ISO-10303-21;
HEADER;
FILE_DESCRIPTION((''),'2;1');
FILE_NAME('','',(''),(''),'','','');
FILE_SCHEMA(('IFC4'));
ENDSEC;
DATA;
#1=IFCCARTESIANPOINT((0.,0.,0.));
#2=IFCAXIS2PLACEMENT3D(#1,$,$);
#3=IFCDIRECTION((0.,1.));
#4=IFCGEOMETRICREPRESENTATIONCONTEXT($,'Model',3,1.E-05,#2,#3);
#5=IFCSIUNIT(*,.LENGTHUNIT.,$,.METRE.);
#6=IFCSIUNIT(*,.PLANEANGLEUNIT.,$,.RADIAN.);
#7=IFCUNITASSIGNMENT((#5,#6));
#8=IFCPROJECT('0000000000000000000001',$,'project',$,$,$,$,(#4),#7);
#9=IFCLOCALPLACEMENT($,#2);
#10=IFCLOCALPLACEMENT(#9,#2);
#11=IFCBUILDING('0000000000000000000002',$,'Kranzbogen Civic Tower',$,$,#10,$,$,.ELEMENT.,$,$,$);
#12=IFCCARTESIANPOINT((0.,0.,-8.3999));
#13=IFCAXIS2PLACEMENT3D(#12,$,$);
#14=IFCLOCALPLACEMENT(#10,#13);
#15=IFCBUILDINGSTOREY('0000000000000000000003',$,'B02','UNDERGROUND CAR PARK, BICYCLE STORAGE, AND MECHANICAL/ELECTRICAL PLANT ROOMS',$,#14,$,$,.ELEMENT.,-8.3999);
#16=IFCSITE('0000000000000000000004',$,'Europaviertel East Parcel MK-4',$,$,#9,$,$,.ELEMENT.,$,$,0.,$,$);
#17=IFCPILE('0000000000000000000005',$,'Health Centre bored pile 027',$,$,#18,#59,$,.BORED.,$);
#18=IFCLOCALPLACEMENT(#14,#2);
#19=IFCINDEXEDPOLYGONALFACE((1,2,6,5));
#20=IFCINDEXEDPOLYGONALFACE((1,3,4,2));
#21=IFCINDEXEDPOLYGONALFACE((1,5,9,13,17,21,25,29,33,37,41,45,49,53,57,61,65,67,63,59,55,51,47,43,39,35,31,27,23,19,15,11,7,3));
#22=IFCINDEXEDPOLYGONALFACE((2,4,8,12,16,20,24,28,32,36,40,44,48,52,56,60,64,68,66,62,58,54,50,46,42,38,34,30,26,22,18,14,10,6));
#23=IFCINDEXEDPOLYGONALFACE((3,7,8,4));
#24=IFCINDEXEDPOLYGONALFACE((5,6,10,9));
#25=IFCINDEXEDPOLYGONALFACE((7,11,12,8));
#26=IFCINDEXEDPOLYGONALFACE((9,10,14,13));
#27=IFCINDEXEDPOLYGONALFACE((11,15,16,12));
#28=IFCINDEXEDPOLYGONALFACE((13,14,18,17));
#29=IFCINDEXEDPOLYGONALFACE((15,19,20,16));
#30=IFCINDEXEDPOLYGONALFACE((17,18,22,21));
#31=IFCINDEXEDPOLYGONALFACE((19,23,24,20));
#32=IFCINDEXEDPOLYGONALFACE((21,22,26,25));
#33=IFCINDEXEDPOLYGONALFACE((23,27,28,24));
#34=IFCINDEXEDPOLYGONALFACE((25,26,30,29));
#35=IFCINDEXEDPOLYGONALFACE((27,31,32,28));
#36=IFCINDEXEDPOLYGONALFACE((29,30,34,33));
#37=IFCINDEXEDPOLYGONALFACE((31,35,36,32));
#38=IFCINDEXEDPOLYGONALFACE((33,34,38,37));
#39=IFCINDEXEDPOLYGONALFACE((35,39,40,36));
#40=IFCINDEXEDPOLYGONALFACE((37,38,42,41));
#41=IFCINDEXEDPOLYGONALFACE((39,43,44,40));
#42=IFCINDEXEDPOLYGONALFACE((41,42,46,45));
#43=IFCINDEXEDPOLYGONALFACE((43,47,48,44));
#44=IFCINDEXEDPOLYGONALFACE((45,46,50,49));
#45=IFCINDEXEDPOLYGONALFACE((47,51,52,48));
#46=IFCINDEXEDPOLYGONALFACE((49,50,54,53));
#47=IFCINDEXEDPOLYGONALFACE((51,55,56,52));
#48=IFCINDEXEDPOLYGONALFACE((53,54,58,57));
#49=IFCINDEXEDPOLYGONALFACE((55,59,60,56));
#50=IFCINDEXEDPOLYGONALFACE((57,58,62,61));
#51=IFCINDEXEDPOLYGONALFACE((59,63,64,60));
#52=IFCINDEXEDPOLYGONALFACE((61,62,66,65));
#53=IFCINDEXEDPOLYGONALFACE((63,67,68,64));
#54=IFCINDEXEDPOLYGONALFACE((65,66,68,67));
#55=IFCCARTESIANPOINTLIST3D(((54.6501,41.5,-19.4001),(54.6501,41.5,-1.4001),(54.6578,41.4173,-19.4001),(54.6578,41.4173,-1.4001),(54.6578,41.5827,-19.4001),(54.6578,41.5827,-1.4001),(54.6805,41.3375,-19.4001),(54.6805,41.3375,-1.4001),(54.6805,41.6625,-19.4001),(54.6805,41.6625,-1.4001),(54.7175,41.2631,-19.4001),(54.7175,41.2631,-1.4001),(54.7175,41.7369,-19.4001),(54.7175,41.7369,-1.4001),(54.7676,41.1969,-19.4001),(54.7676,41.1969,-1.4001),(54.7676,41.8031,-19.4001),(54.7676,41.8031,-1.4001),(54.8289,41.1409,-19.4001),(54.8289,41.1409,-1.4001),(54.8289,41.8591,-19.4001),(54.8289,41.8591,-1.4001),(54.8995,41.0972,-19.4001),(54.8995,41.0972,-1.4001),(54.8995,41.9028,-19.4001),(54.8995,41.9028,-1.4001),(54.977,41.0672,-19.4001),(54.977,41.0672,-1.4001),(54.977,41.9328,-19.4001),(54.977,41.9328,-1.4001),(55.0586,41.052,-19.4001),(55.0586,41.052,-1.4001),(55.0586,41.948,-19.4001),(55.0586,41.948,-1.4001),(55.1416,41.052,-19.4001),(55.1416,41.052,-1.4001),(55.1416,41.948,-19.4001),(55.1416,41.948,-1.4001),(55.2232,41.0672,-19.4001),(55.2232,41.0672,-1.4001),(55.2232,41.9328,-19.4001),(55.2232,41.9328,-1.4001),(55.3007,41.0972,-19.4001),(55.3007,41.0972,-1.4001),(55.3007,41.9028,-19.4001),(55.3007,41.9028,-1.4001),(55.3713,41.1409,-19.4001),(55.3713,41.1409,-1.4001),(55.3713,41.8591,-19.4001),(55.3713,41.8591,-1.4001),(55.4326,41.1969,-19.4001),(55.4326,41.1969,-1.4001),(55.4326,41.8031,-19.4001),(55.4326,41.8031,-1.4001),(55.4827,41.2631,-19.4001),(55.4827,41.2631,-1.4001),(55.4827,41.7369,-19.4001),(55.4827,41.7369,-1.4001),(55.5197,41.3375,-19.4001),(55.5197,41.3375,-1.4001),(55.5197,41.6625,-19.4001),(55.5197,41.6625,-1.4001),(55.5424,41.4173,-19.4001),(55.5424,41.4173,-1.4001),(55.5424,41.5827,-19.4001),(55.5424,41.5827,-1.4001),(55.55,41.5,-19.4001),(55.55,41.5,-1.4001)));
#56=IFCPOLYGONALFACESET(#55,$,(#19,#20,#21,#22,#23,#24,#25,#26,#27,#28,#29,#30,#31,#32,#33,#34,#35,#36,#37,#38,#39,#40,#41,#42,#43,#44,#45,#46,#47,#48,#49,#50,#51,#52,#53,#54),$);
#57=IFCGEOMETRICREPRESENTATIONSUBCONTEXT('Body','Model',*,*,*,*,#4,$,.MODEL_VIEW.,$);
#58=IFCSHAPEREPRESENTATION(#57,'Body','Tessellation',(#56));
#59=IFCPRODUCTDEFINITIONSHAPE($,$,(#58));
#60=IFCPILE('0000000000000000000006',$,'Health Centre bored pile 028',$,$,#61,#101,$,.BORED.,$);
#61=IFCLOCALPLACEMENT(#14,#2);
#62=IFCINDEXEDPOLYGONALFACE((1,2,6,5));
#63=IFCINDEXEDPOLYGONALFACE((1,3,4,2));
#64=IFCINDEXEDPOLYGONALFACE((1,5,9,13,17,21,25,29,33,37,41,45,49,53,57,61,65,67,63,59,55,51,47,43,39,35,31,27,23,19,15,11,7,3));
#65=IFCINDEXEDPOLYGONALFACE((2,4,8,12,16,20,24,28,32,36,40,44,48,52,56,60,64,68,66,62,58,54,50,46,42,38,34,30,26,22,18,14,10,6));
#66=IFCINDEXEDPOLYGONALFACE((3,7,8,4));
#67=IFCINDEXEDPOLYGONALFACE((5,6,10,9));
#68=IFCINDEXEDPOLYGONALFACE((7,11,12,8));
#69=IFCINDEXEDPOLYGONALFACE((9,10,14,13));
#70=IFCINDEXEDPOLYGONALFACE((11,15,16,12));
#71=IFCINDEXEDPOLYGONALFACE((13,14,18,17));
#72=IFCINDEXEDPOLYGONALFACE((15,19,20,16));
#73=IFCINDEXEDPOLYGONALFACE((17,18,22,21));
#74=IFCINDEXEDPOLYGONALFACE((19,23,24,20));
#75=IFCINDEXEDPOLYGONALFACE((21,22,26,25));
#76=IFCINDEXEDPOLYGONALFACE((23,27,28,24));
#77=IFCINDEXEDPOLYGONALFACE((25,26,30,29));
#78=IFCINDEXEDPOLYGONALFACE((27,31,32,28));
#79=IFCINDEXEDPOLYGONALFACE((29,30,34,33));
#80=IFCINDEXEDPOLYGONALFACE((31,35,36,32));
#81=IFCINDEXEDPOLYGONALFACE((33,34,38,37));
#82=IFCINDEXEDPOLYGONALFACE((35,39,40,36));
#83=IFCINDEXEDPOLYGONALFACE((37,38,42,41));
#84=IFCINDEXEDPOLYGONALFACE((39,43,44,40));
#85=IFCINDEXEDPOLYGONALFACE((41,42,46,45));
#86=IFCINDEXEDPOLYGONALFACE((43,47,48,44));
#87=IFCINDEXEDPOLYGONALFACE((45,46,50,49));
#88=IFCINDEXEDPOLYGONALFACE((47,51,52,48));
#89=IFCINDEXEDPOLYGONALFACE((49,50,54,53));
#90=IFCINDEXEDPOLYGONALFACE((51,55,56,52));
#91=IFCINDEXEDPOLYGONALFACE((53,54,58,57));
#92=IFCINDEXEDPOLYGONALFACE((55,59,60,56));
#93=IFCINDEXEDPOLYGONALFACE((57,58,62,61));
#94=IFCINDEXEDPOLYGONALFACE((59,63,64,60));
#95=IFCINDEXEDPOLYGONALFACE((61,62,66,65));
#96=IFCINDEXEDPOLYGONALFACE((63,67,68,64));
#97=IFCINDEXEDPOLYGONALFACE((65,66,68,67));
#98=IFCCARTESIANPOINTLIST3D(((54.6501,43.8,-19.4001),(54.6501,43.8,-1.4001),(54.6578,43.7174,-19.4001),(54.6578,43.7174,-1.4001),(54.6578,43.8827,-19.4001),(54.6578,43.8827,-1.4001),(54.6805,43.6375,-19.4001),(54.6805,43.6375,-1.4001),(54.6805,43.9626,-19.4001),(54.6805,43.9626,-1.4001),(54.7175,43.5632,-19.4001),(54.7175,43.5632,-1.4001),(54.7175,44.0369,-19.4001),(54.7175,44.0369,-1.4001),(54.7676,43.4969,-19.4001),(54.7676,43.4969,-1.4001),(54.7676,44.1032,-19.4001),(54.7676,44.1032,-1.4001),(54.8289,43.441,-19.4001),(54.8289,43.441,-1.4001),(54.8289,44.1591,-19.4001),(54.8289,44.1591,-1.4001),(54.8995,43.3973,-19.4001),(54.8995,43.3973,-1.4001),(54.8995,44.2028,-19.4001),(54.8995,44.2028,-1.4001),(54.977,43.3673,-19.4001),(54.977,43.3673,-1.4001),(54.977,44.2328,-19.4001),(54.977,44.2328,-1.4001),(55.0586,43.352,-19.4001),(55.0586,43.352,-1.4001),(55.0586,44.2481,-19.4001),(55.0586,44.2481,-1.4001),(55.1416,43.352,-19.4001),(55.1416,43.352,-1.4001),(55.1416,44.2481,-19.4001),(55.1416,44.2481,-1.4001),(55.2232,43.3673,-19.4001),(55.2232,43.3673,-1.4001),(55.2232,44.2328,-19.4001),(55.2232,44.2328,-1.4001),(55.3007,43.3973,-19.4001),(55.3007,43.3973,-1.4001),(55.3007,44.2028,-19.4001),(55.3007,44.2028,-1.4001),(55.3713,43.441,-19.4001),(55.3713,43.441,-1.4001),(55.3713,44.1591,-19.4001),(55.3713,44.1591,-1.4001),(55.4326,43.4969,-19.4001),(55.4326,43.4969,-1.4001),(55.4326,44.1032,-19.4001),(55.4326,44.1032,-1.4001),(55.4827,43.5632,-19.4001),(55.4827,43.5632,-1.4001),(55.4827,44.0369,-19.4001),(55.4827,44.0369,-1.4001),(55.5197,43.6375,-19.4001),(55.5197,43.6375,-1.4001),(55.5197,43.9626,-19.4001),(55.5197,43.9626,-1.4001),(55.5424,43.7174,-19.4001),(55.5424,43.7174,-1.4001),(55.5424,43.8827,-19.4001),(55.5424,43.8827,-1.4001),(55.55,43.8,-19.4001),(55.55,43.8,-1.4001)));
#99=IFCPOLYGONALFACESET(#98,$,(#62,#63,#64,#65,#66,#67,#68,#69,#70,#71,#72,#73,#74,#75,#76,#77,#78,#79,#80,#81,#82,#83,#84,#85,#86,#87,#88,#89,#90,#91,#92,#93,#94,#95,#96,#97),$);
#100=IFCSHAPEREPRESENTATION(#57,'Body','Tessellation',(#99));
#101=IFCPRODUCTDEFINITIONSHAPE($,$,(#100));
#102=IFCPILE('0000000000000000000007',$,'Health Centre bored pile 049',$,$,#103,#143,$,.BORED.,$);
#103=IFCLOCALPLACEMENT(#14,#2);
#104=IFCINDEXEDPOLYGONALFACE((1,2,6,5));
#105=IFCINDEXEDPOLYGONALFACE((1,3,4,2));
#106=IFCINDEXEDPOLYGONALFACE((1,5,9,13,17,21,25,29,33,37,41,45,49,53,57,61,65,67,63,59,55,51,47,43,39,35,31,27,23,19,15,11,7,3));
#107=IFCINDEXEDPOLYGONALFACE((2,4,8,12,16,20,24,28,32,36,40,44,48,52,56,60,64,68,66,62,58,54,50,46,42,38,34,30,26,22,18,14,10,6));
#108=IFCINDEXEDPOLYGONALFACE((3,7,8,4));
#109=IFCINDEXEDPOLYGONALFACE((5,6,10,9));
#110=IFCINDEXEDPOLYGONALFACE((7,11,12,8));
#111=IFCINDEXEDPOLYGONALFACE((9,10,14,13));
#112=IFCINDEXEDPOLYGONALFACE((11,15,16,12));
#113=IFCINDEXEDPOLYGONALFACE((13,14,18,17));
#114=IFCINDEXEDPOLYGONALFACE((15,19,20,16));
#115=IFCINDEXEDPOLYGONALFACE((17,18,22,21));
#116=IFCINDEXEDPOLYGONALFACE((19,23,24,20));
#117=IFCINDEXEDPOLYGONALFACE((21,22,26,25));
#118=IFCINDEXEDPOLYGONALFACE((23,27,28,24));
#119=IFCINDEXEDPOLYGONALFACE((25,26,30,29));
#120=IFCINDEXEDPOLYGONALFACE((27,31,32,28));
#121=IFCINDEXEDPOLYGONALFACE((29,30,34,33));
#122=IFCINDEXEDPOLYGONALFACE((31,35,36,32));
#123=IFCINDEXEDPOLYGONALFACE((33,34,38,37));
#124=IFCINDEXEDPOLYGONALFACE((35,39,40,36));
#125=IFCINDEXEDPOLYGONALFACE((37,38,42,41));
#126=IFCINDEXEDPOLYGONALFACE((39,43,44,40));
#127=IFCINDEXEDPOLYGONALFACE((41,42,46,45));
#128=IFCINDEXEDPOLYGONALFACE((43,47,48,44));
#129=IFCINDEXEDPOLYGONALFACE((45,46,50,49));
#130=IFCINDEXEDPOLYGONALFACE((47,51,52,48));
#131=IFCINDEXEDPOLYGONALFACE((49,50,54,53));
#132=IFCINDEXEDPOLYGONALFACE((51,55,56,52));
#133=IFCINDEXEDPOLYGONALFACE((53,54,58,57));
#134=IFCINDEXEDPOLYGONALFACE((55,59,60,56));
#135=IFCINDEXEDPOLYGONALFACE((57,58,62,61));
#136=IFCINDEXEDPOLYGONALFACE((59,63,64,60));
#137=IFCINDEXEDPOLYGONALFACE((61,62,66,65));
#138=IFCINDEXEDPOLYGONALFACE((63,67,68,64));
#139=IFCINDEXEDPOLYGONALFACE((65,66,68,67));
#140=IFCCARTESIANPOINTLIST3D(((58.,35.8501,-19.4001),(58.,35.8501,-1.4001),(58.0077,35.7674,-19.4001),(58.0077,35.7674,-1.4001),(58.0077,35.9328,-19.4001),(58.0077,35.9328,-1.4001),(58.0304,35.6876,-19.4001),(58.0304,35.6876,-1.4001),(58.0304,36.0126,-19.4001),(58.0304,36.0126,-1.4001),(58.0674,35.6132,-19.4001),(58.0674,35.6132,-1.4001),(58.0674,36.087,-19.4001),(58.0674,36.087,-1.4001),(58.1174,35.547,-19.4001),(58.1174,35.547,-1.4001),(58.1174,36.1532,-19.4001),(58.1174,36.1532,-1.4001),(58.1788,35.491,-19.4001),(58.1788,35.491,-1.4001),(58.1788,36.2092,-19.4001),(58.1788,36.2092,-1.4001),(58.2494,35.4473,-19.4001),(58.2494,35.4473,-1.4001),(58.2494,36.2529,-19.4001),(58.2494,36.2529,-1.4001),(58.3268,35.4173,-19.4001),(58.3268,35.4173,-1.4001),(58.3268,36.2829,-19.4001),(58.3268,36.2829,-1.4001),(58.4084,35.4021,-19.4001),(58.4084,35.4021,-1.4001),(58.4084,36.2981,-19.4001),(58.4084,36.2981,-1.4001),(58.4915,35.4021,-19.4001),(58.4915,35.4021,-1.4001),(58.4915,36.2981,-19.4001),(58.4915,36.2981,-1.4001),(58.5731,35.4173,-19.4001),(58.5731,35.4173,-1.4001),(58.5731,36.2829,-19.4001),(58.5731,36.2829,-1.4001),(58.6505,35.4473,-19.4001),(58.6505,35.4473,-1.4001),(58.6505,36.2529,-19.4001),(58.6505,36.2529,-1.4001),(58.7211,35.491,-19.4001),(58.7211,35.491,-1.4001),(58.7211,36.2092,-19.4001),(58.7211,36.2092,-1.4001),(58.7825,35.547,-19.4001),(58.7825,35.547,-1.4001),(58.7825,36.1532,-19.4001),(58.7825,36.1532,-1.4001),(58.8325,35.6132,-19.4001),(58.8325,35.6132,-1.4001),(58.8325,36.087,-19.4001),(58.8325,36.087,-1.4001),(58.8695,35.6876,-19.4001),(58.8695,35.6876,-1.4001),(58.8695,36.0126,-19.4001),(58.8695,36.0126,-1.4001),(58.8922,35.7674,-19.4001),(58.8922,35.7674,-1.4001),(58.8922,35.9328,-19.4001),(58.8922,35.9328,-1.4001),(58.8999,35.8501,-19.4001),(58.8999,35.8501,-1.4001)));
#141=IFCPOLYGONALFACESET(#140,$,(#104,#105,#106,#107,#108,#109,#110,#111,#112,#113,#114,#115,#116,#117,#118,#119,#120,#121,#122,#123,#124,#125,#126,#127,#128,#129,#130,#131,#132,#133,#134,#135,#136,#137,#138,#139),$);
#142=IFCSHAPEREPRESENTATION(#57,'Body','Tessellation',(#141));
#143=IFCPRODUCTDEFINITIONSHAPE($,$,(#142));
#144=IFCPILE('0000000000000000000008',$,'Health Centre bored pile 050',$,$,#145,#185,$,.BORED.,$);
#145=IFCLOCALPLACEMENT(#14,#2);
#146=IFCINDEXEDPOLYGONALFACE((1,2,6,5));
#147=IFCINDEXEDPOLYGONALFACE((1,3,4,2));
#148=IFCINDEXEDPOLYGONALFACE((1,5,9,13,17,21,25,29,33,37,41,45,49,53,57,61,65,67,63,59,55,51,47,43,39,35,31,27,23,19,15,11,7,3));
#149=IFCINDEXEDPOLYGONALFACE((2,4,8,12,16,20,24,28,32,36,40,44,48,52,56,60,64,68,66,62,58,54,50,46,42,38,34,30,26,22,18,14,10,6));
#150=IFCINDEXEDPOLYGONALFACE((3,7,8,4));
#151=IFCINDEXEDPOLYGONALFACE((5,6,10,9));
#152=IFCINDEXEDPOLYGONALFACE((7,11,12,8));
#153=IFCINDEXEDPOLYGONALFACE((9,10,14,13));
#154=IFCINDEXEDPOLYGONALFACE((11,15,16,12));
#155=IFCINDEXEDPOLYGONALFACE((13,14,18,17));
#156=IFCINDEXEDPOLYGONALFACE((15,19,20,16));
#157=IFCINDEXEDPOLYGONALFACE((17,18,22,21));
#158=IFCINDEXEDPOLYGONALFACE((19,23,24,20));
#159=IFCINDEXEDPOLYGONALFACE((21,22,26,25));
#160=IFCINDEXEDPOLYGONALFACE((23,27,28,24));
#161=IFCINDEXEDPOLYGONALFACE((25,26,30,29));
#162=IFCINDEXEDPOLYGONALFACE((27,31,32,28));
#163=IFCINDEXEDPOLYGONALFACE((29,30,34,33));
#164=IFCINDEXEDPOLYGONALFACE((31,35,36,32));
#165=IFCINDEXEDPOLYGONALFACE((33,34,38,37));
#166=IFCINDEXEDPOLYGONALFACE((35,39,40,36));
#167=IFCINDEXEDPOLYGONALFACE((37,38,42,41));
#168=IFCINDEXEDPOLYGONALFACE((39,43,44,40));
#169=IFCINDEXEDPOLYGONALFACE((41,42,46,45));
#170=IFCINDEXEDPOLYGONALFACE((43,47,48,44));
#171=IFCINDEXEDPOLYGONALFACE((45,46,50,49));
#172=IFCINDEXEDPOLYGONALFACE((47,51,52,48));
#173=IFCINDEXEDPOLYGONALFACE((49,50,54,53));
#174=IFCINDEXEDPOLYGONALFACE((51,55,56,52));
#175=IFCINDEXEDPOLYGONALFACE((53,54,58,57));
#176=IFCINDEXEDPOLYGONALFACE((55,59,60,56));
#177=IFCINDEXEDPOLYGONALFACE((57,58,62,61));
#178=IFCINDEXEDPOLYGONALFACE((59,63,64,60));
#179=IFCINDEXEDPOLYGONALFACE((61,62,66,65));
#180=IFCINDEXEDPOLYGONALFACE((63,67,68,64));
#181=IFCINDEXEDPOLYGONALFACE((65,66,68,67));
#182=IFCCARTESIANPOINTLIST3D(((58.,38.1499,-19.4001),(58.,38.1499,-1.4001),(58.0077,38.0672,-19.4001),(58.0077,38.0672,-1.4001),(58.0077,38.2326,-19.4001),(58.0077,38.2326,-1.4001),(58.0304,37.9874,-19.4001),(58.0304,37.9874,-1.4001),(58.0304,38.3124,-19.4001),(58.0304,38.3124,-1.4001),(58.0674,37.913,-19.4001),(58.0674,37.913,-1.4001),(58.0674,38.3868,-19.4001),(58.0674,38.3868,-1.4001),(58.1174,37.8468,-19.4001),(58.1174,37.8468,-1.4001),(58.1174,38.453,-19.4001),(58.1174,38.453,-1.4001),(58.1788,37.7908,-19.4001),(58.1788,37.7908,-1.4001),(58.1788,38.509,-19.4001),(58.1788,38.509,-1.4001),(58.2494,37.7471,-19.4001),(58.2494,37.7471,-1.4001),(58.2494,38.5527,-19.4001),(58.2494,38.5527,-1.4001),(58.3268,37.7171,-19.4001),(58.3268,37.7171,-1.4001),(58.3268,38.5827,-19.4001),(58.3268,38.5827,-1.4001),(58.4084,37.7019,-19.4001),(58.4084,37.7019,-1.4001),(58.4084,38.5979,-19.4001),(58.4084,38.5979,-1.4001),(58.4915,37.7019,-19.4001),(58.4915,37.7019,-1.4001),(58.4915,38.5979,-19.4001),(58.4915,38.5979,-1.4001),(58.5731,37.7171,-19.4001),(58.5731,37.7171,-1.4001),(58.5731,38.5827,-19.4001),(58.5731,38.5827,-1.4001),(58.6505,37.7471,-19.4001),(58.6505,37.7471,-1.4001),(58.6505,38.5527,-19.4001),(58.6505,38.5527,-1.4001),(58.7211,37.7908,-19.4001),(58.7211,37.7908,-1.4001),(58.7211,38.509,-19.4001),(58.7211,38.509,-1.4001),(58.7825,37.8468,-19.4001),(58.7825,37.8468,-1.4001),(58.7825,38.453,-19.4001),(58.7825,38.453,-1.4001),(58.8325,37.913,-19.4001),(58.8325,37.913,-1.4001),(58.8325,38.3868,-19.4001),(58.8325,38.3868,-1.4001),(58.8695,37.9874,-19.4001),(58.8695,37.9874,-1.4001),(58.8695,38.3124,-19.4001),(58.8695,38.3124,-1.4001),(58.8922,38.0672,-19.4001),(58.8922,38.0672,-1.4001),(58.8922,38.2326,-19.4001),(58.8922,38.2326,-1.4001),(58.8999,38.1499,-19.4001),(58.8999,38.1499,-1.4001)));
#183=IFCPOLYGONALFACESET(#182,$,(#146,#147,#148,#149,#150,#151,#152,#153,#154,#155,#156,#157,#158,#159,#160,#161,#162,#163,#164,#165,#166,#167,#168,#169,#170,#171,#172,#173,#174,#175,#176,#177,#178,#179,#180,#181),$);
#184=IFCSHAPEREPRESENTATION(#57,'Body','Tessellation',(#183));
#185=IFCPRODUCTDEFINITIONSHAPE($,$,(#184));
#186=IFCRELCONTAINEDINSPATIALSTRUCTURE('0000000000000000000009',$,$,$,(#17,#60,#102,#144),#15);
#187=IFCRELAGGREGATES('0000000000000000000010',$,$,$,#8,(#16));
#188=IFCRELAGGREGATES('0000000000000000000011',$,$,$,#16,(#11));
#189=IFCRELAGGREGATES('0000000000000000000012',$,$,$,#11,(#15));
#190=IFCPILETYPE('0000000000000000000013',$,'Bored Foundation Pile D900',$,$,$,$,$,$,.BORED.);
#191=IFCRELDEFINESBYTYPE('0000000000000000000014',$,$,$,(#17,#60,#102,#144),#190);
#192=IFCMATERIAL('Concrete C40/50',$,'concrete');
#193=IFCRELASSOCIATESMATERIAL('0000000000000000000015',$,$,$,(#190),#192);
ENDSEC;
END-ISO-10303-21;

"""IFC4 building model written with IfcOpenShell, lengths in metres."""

from ifc_helpers import new_model, si_unit, direction, frame, origin, origin_2d, place, context, subcontext, project, spatial, circle, extrude, material, material_profile, profile_set, type_object, element, save


model = new_model("IFC4")

# Units and contexts
model_context = context("Model", 3, precision=1e-05, world=origin(), true_north=direction((0.0, 1.0)))
body_context = subcontext(model_context, "Body", "Model", "MODEL_VIEW")
ifc_project = project(units=[si_unit("LENGTHUNIT", "METRE"), si_unit("PLANEANGLEUNIT", "RADIAN")], contexts=[model_context])

# Site, building, storey
site_placement = place(None, origin())
site = spatial("IfcSite", under=ifc_project, at=site_placement, Name="Europaviertel East Parcel MK-4", CompositionType="ELEMENT", RefElevation=0.0)
building_placement = place(site_placement, origin())
building = spatial("IfcBuilding", under=site, at=building_placement, Name="Kranzbogen Civic Tower", CompositionType="ELEMENT")
storey_placement = place(building_placement, frame((0.0, 0.0, -8.3999)))
storey = spatial("IfcBuildingStorey", under=building, at=storey_placement, Name="B02", Description="UNDERGROUND CAR PARK, BICYCLE STORAGE, AND MECHANICAL/ELECTRICAL PLANT ROOMS", CompositionType="ELEMENT", Elevation=-8.3999)

# Piles
ifc_material_1 = material(Name="Concrete C40/50", Category="concrete")
ifc_material_profile_1 = material_profile(ifc_material_1, circle(Radius=0.45, at=origin_2d()), Name="PILE D900")
ifc_profile_set_1 = profile_set([ifc_material_profile_1], Name="Concrete C40/50")
pile_type_1 = type_object("IfcPileType", Name="Bored Foundation Pile D900", PredefinedType="BORED", material=ifc_profile_set_1)
for number, where, z_axis, x_axis, name in (
    (1, (55.1001, 41.5, -1.4001), (0.0, 0.0, -1.0), (1.0, 0.0, 0.0), "Health Centre bored pile 027"),
    (2, (55.1001, 43.8, -1.4001), (0.0, 0.0, -1.0), (1.0, 0.0, 0.0), "Health Centre bored pile 028"),
    (3, (58.45, 35.8501, -1.4001), (0.0, 0.0, -1.0), (1.0, 0.0, 0.0), "Health Centre bored pile 049"),
    (4, (58.45, 38.1499, -1.4001), (0.0, 0.0, -1.0), (1.0, 0.0, 0.0), "Health Centre bored pile 050"),
):
    element("IfcPile", number, at=place(storey_placement, frame(where, z_axis=z_axis, x_axis=x_axis)), inside=storey, type_object=pile_type_1, Name=name, PredefinedType="BORED", context=body_context, shape_type="SweptSolid", body=[
        extrude(circle(Radius=0.45, at=origin_2d()), origin(), (0.0, 0.0, 1.0), 18.0),
    ])

save(model, "model.ifc")
